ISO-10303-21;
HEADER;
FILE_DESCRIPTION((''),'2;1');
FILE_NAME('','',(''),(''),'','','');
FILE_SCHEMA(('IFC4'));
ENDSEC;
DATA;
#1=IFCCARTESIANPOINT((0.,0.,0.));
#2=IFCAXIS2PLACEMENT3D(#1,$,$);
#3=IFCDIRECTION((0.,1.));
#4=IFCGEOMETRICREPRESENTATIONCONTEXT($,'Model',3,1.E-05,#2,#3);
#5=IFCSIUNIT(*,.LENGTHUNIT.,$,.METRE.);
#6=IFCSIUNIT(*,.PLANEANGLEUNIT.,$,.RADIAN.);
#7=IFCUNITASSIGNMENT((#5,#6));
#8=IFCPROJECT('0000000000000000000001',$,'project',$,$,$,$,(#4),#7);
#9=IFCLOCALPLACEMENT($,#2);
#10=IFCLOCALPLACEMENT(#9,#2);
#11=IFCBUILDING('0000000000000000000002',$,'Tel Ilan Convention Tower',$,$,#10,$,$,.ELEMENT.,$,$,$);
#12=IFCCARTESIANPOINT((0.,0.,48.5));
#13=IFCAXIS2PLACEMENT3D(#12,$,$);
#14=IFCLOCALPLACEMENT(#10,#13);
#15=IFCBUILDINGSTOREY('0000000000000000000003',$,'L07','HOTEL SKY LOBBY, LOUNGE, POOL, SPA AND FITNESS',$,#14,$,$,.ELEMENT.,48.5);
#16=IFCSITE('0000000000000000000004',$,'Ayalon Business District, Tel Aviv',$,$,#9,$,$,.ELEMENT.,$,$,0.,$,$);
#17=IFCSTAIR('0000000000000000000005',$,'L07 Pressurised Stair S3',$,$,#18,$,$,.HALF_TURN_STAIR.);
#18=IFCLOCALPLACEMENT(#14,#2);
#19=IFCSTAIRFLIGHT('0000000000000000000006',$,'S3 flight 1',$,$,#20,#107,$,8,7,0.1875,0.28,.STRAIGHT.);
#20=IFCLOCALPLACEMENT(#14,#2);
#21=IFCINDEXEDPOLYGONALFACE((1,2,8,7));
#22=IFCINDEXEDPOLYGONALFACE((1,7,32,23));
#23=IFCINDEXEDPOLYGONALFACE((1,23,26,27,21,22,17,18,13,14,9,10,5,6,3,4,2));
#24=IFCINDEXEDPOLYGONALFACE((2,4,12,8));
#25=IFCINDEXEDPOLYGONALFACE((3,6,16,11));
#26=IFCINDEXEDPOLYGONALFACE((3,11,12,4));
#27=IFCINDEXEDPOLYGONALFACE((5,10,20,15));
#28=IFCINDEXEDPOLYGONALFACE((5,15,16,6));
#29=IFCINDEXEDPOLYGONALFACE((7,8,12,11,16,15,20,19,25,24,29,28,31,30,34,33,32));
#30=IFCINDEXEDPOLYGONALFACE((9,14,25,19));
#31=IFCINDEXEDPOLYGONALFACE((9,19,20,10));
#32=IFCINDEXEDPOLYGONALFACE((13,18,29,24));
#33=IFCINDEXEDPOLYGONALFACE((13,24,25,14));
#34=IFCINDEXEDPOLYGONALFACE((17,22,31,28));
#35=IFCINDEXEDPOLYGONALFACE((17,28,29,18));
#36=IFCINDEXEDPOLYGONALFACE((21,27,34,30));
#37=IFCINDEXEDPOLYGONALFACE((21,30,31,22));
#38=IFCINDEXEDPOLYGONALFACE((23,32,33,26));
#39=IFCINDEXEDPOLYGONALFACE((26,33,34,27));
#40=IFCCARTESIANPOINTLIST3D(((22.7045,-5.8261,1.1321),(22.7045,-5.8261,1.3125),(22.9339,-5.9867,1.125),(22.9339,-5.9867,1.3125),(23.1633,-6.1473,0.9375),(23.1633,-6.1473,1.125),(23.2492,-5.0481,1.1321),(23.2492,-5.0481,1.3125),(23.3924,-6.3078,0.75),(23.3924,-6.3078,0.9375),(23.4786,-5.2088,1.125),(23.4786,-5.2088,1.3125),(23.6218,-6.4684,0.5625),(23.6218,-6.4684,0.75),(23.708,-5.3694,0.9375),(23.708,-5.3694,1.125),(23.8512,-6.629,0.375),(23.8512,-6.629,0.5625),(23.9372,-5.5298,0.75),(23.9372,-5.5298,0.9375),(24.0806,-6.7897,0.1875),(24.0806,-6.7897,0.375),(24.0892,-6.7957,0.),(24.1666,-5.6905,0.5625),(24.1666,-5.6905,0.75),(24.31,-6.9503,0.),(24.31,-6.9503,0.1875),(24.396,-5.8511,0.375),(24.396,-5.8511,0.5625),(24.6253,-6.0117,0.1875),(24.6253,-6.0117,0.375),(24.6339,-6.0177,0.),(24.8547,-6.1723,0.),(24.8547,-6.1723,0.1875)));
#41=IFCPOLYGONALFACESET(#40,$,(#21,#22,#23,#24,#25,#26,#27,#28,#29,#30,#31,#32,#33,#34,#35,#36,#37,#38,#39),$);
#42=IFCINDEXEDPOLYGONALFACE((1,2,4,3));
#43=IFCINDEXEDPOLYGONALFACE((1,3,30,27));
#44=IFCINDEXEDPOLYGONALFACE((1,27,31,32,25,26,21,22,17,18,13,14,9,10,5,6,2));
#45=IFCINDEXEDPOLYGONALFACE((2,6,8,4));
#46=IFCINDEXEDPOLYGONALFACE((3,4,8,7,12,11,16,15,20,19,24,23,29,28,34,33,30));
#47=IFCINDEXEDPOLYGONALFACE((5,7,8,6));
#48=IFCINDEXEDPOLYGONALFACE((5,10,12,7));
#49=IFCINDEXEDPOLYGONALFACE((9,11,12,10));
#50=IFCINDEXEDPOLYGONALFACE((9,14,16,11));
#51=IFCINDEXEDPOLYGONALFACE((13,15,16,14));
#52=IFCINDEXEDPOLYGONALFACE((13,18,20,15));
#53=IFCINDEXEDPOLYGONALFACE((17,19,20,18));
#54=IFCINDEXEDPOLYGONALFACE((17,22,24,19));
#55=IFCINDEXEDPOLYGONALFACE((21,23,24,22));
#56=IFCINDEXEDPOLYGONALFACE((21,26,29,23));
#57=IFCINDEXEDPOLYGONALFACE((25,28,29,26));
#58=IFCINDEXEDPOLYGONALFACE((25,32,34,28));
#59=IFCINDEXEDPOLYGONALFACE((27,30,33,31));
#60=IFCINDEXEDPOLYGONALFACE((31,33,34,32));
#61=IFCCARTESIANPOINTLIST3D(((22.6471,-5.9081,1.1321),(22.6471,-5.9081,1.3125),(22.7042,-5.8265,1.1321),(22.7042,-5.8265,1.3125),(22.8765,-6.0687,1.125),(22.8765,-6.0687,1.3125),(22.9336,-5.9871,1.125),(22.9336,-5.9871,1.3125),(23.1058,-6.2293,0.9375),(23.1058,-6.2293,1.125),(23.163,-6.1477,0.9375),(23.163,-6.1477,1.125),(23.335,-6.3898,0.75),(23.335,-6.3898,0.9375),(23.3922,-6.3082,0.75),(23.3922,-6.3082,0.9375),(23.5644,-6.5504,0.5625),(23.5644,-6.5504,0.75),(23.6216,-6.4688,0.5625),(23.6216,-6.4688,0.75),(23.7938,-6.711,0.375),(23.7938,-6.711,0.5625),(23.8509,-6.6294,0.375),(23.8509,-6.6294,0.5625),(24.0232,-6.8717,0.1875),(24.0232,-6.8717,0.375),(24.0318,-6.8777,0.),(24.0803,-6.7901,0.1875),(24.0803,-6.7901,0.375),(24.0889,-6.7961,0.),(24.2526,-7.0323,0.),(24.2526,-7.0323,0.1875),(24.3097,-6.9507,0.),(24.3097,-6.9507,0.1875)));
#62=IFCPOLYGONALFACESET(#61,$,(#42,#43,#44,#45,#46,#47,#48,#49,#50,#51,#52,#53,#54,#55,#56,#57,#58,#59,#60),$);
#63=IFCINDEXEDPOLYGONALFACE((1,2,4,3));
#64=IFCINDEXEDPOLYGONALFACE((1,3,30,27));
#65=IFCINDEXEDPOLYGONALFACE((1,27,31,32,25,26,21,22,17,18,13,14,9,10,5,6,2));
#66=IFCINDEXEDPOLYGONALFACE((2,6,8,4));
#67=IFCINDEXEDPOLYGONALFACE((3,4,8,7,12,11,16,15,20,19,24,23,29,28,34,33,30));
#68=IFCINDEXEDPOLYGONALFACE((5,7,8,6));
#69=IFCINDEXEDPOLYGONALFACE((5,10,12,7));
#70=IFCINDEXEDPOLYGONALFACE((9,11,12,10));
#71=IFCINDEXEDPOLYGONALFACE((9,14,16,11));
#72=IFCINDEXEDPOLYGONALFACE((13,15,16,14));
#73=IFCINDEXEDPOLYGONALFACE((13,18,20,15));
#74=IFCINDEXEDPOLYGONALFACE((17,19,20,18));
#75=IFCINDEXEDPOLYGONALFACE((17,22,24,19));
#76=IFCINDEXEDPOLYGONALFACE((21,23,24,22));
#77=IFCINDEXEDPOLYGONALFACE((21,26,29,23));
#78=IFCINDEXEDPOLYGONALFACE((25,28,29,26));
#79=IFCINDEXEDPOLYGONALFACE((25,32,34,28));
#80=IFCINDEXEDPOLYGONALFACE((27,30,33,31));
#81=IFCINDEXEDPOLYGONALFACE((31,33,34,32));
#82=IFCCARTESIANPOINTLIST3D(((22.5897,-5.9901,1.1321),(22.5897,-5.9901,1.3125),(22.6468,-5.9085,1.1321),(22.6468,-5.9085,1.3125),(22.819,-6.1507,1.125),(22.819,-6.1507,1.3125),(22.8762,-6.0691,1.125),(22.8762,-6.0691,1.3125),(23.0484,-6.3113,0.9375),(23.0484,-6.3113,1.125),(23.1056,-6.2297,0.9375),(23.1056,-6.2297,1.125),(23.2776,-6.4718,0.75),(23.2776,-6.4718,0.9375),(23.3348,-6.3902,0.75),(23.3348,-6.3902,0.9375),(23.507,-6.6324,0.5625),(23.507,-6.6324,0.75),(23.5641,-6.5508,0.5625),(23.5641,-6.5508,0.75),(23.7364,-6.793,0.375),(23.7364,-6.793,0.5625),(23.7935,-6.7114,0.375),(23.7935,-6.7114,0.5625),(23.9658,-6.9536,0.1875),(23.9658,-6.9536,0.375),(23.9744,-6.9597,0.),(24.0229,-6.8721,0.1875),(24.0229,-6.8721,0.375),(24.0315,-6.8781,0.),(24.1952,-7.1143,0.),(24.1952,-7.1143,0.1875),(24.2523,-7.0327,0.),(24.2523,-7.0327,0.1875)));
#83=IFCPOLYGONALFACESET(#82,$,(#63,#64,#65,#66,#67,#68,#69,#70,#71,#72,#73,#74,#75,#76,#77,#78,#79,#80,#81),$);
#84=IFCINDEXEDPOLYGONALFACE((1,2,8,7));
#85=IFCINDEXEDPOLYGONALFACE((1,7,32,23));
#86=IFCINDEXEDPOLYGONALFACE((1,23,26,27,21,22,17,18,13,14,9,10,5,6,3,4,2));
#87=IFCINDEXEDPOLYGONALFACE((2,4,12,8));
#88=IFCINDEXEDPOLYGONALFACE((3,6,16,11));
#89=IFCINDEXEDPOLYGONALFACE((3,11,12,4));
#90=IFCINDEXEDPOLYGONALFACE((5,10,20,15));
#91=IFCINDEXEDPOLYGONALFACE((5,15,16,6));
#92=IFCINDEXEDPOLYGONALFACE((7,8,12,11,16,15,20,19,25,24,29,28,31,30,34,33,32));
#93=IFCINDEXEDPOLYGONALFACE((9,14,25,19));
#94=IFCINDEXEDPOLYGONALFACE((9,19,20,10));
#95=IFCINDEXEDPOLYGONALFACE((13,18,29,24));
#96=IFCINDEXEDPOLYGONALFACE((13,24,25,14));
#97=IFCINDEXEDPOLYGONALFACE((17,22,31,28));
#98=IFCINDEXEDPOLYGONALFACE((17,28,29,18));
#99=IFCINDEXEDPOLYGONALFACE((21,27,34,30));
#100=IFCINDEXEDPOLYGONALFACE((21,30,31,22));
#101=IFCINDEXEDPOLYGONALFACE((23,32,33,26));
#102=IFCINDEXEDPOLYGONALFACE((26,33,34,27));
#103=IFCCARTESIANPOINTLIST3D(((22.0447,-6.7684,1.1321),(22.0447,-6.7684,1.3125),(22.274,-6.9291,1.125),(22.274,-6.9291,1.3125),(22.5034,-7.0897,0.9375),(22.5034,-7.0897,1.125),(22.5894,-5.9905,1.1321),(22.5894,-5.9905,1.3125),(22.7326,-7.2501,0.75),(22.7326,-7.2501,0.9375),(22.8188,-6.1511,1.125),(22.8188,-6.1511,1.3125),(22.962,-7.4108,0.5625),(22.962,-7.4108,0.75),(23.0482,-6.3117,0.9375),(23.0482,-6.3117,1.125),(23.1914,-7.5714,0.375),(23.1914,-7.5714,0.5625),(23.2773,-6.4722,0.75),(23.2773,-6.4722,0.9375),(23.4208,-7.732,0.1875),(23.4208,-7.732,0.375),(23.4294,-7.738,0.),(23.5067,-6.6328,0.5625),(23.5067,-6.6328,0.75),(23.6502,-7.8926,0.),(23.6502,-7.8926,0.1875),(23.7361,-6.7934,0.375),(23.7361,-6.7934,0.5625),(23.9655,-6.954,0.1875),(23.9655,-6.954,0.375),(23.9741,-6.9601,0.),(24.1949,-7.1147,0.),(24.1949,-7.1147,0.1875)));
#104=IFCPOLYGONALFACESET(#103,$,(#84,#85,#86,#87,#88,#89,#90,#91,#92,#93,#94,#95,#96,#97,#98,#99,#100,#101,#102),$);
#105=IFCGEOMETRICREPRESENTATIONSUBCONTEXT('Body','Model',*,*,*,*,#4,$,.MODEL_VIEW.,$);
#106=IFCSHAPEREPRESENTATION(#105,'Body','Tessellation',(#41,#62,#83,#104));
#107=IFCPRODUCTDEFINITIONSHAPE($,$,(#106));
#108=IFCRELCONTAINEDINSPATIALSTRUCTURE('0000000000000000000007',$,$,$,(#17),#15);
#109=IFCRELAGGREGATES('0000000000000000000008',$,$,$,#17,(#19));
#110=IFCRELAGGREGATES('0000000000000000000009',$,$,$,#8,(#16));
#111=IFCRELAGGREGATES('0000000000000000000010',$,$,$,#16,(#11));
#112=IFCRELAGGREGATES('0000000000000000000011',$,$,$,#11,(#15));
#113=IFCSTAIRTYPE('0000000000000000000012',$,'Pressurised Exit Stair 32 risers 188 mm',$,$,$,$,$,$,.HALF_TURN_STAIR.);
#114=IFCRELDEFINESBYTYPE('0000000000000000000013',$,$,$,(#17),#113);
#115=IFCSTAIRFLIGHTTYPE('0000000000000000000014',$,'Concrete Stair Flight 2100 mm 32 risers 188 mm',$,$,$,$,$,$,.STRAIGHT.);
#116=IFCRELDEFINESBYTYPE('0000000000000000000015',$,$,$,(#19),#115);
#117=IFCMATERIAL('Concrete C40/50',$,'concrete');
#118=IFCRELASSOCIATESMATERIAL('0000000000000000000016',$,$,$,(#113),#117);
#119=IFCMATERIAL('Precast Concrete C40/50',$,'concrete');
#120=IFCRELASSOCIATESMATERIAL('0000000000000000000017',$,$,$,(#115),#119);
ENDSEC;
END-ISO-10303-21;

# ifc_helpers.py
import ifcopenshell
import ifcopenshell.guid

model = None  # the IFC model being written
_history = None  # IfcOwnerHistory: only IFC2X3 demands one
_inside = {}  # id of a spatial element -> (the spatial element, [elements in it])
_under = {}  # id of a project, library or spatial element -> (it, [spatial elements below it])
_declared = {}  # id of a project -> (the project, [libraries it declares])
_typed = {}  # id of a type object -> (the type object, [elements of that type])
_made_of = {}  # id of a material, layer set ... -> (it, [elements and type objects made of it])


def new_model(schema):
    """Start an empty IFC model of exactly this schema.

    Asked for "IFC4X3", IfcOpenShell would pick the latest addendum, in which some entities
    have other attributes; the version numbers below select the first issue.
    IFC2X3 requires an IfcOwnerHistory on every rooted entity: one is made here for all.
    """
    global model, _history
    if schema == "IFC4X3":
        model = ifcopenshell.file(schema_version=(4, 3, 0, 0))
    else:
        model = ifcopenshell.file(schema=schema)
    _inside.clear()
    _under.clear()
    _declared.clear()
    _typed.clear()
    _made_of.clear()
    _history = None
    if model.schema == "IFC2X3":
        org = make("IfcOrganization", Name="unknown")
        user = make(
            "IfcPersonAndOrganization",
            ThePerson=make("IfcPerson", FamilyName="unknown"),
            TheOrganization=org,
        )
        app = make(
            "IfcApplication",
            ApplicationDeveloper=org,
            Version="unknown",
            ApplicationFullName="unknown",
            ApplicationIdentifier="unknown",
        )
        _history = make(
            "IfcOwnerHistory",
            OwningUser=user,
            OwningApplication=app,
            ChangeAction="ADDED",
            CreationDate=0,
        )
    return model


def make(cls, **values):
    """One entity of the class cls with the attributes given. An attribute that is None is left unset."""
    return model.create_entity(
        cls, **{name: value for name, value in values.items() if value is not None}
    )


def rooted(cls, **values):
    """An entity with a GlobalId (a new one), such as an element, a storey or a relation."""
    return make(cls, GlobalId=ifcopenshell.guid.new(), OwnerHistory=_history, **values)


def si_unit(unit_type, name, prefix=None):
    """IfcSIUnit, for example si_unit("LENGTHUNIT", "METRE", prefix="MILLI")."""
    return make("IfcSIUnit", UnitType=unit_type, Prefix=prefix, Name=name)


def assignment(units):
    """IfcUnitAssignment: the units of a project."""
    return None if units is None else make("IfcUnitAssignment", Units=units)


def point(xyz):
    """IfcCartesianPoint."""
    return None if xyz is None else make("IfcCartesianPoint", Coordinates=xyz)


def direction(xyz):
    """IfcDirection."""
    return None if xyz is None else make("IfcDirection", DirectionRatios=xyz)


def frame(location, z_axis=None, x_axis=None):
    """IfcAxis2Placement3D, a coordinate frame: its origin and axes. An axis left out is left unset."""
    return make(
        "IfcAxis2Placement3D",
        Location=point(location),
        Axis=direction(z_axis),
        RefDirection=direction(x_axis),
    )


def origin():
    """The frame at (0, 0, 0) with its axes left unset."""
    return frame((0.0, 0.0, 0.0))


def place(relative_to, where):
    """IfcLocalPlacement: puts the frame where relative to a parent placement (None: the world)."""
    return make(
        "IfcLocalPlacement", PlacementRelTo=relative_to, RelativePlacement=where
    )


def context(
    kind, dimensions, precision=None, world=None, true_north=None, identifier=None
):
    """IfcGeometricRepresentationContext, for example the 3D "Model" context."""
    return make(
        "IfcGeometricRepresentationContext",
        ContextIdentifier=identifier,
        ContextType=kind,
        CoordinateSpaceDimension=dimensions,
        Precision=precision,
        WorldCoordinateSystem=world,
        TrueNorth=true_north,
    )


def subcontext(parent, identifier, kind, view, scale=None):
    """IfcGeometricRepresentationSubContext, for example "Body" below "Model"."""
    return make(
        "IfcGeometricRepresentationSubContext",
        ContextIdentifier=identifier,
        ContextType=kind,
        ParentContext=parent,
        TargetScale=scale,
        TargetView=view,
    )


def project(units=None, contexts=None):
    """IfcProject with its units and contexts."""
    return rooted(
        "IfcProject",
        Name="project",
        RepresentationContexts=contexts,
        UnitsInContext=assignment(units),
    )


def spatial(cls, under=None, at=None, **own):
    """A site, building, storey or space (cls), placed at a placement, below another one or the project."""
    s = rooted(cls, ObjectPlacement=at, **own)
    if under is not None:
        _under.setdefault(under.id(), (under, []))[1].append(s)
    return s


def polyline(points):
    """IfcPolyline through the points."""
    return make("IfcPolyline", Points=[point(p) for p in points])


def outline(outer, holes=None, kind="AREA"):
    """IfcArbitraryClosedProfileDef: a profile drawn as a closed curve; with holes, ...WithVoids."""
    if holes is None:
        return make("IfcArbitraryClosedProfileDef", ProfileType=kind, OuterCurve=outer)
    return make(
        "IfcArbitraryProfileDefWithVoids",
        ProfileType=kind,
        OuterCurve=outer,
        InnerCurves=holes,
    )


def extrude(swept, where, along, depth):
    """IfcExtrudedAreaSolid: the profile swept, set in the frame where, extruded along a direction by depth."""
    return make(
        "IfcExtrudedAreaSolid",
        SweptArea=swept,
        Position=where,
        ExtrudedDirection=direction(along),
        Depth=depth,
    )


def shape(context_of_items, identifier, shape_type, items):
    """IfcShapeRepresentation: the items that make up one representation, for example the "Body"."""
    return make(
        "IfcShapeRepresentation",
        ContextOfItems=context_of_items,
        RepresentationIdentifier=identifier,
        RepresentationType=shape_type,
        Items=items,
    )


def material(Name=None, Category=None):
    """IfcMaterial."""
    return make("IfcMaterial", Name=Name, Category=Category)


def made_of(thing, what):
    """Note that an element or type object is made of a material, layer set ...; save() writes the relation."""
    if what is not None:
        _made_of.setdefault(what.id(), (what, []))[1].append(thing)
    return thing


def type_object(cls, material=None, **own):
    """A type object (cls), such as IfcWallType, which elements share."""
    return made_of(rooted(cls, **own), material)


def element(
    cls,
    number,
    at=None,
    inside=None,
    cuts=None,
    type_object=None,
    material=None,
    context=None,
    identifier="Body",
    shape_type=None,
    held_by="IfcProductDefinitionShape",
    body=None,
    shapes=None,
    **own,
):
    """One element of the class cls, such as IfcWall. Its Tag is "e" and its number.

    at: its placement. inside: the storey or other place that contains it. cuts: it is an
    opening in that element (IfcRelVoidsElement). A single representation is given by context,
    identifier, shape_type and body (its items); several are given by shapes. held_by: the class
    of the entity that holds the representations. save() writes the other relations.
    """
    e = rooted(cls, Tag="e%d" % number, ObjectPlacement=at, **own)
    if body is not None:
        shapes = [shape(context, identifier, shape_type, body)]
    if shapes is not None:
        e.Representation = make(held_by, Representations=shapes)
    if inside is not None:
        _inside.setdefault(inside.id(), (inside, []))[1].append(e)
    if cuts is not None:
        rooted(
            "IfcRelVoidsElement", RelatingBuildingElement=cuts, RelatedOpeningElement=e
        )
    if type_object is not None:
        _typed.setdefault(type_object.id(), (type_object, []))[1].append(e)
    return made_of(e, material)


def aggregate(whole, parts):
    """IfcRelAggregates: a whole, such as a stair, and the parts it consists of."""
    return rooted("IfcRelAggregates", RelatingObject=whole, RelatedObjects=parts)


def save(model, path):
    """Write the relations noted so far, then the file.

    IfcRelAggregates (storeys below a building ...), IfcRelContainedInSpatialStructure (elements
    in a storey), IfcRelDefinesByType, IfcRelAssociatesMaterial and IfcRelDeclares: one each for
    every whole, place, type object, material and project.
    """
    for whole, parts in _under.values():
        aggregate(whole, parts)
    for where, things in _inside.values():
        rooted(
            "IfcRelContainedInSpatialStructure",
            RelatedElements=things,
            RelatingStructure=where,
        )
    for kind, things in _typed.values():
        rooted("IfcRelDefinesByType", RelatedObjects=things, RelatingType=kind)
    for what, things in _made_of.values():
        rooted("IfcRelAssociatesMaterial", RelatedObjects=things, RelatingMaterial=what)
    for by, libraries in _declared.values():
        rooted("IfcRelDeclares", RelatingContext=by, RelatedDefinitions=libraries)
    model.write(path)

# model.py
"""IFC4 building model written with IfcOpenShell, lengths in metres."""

from ifc_helpers import new_model, si_unit, direction, frame, origin, place, context, subcontext, project, spatial, polyline, outline, extrude, material, type_object, element, aggregate, save


model = new_model("IFC4")

# Units and contexts
model_context = context("Model", 3, precision=1e-05, world=origin(), true_north=direction((0.0, 1.0)))
body_context = subcontext(model_context, "Body", "Model", "MODEL_VIEW")
ifc_project = project(units=[si_unit("LENGTHUNIT", "METRE"), si_unit("PLANEANGLEUNIT", "RADIAN")], contexts=[model_context])

# Site, building, storey
site_placement = place(None, origin())
site = spatial("IfcSite", under=ifc_project, at=site_placement, Name="Ayalon Business District, Tel Aviv", CompositionType="ELEMENT", RefElevation=0.0)
building_placement = place(site_placement, origin())
building = spatial("IfcBuilding", under=site, at=building_placement, Name="Tel Ilan Convention Tower", CompositionType="ELEMENT")
storey_placement = place(building_placement, frame((0.0, 0.0, 48.5)))
storey = spatial("IfcBuildingStorey", under=building, at=storey_placement, Name="L07", Description="HOTEL SKY LOBBY, LOUNGE, POOL, SPA AND FITNESS", CompositionType="ELEMENT", Elevation=48.5)

# Stair, stair flight
ifc_material_1 = material(Name="Concrete C40/50", Category="concrete")
stair_type = type_object("IfcStairType", Name="Pressurised Exit Stair 32 risers 188 mm", PredefinedType="HALF_TURN_STAIR", material=ifc_material_1)
stair_1_placement = place(storey_placement, origin())
stair_1 = element("IfcStair", 1, at=stair_1_placement, inside=storey, type_object=stair_type, Name="L07 Pressurised Stair S3", PredefinedType="HALF_TURN_STAIR")
ifc_material_2 = material(Name="Precast Concrete C40/50", Category="concrete")
stair_flight_type = type_object("IfcStairFlightType", Name="Concrete Stair Flight 2100 mm 32 risers 188 mm", PredefinedType="STRAIGHT", material=ifc_material_2)
stair_flight_1_placement = place(storey_placement, frame((24.2524, -7.0325, 0.0), z_axis=(0.0, 0.0, 1.0), x_axis=(-0.819152, 0.573576, 0.0)))
stair_flight_1 = element("IfcStairFlight", 2, at=stair_flight_1_placement, type_object=stair_flight_type, Name="S3 flight 1", NumberOfRisers=8, NumberOfTreads=7, PredefinedType="STRAIGHT", RiserHeight=0.1875, TreadLength=0.28, context=body_context, shape_type="SweptSolid", body=[
    extrude(outline(polyline([(0.0, 0.0), (0.0, 0.1875), (0.28, 0.1875), (0.28, 0.375), (0.5601, 0.375), (0.5601, 0.5625), (0.8401, 0.5625), (0.8401, 0.75), (1.1201, 0.75), (1.1201, 0.9375), (1.3999, 0.9375), (1.3999, 1.125), (1.6799, 1.125), (1.6799, 1.3125), (1.96, 1.3125), (1.96, 1.5), (1.96, 1.1321), (0.2695, 0.0), (0.0, 0.0)])), frame((0.0, -0.1003, 0.0), z_axis=(0.0, -1.0, 0.0), x_axis=(1.0, 0.0, 0.0)), (0.0, 0.0, 1.0), 0.9497),
    extrude(outline(polyline([(0.0, 0.0), (0.0, 0.1875), (0.28, 0.1875), (0.28, 0.375), (0.5601, 0.375), (0.5601, 0.5625), (0.8401, 0.5625), (0.8401, 0.75), (1.1201, 0.75), (1.1201, 0.9375), (1.3999, 0.9375), (1.3999, 1.125), (1.6799, 1.125), (1.6799, 1.3125), (1.96, 1.3125), (1.96, 1.5), (1.96, 1.1321), (0.2695, 0.0), (0.0, 0.0)])), frame((0.0, -0.0002, 0.0), z_axis=(0.0, -1.0, 0.0), x_axis=(1.0, 0.0, 0.0)), (0.0, 0.0, 1.0), 0.0996),
    extrude(outline(polyline([(0.0, 0.0), (0.0, 0.1875), (0.28, 0.1875), (0.28, 0.375), (0.5601, 0.375), (0.5601, 0.5625), (0.8401, 0.5625), (0.8401, 0.75), (1.1201, 0.75), (1.1201, 0.9375), (1.3999, 0.9375), (1.3999, 1.125), (1.6799, 1.125), (1.6799, 1.3125), (1.96, 1.3125), (1.96, 1.5), (1.96, 1.1321), (0.2695, 0.0), (0.0, 0.0)])), frame((0.0, 0.0999, 0.0), z_axis=(0.0, -1.0, 0.0), x_axis=(1.0, 0.0, 0.0)), (0.0, 0.0, 1.0), 0.0996),
    extrude(outline(polyline([(0.0, 0.0), (0.0, 0.1875), (0.28, 0.1875), (0.28, 0.375), (0.5601, 0.375), (0.5601, 0.5625), (0.8401, 0.5625), (0.8401, 0.75), (1.1201, 0.75), (1.1201, 0.9375), (1.3999, 0.9375), (1.3999, 1.125), (1.6799, 1.125), (1.6799, 1.3125), (1.96, 1.3125), (1.96, 1.5), (1.96, 1.1321), (0.2695, 0.0), (0.0, 0.0)])), frame((0.0, 1.05, 0.0), z_axis=(0.0, -1.0, 0.0), x_axis=(1.0, 0.0, 0.0)), (0.0, 0.0, 1.0), 0.9497),
])
aggregate(stair_1, [stair_flight_1])

save(model, "model.ifc")
